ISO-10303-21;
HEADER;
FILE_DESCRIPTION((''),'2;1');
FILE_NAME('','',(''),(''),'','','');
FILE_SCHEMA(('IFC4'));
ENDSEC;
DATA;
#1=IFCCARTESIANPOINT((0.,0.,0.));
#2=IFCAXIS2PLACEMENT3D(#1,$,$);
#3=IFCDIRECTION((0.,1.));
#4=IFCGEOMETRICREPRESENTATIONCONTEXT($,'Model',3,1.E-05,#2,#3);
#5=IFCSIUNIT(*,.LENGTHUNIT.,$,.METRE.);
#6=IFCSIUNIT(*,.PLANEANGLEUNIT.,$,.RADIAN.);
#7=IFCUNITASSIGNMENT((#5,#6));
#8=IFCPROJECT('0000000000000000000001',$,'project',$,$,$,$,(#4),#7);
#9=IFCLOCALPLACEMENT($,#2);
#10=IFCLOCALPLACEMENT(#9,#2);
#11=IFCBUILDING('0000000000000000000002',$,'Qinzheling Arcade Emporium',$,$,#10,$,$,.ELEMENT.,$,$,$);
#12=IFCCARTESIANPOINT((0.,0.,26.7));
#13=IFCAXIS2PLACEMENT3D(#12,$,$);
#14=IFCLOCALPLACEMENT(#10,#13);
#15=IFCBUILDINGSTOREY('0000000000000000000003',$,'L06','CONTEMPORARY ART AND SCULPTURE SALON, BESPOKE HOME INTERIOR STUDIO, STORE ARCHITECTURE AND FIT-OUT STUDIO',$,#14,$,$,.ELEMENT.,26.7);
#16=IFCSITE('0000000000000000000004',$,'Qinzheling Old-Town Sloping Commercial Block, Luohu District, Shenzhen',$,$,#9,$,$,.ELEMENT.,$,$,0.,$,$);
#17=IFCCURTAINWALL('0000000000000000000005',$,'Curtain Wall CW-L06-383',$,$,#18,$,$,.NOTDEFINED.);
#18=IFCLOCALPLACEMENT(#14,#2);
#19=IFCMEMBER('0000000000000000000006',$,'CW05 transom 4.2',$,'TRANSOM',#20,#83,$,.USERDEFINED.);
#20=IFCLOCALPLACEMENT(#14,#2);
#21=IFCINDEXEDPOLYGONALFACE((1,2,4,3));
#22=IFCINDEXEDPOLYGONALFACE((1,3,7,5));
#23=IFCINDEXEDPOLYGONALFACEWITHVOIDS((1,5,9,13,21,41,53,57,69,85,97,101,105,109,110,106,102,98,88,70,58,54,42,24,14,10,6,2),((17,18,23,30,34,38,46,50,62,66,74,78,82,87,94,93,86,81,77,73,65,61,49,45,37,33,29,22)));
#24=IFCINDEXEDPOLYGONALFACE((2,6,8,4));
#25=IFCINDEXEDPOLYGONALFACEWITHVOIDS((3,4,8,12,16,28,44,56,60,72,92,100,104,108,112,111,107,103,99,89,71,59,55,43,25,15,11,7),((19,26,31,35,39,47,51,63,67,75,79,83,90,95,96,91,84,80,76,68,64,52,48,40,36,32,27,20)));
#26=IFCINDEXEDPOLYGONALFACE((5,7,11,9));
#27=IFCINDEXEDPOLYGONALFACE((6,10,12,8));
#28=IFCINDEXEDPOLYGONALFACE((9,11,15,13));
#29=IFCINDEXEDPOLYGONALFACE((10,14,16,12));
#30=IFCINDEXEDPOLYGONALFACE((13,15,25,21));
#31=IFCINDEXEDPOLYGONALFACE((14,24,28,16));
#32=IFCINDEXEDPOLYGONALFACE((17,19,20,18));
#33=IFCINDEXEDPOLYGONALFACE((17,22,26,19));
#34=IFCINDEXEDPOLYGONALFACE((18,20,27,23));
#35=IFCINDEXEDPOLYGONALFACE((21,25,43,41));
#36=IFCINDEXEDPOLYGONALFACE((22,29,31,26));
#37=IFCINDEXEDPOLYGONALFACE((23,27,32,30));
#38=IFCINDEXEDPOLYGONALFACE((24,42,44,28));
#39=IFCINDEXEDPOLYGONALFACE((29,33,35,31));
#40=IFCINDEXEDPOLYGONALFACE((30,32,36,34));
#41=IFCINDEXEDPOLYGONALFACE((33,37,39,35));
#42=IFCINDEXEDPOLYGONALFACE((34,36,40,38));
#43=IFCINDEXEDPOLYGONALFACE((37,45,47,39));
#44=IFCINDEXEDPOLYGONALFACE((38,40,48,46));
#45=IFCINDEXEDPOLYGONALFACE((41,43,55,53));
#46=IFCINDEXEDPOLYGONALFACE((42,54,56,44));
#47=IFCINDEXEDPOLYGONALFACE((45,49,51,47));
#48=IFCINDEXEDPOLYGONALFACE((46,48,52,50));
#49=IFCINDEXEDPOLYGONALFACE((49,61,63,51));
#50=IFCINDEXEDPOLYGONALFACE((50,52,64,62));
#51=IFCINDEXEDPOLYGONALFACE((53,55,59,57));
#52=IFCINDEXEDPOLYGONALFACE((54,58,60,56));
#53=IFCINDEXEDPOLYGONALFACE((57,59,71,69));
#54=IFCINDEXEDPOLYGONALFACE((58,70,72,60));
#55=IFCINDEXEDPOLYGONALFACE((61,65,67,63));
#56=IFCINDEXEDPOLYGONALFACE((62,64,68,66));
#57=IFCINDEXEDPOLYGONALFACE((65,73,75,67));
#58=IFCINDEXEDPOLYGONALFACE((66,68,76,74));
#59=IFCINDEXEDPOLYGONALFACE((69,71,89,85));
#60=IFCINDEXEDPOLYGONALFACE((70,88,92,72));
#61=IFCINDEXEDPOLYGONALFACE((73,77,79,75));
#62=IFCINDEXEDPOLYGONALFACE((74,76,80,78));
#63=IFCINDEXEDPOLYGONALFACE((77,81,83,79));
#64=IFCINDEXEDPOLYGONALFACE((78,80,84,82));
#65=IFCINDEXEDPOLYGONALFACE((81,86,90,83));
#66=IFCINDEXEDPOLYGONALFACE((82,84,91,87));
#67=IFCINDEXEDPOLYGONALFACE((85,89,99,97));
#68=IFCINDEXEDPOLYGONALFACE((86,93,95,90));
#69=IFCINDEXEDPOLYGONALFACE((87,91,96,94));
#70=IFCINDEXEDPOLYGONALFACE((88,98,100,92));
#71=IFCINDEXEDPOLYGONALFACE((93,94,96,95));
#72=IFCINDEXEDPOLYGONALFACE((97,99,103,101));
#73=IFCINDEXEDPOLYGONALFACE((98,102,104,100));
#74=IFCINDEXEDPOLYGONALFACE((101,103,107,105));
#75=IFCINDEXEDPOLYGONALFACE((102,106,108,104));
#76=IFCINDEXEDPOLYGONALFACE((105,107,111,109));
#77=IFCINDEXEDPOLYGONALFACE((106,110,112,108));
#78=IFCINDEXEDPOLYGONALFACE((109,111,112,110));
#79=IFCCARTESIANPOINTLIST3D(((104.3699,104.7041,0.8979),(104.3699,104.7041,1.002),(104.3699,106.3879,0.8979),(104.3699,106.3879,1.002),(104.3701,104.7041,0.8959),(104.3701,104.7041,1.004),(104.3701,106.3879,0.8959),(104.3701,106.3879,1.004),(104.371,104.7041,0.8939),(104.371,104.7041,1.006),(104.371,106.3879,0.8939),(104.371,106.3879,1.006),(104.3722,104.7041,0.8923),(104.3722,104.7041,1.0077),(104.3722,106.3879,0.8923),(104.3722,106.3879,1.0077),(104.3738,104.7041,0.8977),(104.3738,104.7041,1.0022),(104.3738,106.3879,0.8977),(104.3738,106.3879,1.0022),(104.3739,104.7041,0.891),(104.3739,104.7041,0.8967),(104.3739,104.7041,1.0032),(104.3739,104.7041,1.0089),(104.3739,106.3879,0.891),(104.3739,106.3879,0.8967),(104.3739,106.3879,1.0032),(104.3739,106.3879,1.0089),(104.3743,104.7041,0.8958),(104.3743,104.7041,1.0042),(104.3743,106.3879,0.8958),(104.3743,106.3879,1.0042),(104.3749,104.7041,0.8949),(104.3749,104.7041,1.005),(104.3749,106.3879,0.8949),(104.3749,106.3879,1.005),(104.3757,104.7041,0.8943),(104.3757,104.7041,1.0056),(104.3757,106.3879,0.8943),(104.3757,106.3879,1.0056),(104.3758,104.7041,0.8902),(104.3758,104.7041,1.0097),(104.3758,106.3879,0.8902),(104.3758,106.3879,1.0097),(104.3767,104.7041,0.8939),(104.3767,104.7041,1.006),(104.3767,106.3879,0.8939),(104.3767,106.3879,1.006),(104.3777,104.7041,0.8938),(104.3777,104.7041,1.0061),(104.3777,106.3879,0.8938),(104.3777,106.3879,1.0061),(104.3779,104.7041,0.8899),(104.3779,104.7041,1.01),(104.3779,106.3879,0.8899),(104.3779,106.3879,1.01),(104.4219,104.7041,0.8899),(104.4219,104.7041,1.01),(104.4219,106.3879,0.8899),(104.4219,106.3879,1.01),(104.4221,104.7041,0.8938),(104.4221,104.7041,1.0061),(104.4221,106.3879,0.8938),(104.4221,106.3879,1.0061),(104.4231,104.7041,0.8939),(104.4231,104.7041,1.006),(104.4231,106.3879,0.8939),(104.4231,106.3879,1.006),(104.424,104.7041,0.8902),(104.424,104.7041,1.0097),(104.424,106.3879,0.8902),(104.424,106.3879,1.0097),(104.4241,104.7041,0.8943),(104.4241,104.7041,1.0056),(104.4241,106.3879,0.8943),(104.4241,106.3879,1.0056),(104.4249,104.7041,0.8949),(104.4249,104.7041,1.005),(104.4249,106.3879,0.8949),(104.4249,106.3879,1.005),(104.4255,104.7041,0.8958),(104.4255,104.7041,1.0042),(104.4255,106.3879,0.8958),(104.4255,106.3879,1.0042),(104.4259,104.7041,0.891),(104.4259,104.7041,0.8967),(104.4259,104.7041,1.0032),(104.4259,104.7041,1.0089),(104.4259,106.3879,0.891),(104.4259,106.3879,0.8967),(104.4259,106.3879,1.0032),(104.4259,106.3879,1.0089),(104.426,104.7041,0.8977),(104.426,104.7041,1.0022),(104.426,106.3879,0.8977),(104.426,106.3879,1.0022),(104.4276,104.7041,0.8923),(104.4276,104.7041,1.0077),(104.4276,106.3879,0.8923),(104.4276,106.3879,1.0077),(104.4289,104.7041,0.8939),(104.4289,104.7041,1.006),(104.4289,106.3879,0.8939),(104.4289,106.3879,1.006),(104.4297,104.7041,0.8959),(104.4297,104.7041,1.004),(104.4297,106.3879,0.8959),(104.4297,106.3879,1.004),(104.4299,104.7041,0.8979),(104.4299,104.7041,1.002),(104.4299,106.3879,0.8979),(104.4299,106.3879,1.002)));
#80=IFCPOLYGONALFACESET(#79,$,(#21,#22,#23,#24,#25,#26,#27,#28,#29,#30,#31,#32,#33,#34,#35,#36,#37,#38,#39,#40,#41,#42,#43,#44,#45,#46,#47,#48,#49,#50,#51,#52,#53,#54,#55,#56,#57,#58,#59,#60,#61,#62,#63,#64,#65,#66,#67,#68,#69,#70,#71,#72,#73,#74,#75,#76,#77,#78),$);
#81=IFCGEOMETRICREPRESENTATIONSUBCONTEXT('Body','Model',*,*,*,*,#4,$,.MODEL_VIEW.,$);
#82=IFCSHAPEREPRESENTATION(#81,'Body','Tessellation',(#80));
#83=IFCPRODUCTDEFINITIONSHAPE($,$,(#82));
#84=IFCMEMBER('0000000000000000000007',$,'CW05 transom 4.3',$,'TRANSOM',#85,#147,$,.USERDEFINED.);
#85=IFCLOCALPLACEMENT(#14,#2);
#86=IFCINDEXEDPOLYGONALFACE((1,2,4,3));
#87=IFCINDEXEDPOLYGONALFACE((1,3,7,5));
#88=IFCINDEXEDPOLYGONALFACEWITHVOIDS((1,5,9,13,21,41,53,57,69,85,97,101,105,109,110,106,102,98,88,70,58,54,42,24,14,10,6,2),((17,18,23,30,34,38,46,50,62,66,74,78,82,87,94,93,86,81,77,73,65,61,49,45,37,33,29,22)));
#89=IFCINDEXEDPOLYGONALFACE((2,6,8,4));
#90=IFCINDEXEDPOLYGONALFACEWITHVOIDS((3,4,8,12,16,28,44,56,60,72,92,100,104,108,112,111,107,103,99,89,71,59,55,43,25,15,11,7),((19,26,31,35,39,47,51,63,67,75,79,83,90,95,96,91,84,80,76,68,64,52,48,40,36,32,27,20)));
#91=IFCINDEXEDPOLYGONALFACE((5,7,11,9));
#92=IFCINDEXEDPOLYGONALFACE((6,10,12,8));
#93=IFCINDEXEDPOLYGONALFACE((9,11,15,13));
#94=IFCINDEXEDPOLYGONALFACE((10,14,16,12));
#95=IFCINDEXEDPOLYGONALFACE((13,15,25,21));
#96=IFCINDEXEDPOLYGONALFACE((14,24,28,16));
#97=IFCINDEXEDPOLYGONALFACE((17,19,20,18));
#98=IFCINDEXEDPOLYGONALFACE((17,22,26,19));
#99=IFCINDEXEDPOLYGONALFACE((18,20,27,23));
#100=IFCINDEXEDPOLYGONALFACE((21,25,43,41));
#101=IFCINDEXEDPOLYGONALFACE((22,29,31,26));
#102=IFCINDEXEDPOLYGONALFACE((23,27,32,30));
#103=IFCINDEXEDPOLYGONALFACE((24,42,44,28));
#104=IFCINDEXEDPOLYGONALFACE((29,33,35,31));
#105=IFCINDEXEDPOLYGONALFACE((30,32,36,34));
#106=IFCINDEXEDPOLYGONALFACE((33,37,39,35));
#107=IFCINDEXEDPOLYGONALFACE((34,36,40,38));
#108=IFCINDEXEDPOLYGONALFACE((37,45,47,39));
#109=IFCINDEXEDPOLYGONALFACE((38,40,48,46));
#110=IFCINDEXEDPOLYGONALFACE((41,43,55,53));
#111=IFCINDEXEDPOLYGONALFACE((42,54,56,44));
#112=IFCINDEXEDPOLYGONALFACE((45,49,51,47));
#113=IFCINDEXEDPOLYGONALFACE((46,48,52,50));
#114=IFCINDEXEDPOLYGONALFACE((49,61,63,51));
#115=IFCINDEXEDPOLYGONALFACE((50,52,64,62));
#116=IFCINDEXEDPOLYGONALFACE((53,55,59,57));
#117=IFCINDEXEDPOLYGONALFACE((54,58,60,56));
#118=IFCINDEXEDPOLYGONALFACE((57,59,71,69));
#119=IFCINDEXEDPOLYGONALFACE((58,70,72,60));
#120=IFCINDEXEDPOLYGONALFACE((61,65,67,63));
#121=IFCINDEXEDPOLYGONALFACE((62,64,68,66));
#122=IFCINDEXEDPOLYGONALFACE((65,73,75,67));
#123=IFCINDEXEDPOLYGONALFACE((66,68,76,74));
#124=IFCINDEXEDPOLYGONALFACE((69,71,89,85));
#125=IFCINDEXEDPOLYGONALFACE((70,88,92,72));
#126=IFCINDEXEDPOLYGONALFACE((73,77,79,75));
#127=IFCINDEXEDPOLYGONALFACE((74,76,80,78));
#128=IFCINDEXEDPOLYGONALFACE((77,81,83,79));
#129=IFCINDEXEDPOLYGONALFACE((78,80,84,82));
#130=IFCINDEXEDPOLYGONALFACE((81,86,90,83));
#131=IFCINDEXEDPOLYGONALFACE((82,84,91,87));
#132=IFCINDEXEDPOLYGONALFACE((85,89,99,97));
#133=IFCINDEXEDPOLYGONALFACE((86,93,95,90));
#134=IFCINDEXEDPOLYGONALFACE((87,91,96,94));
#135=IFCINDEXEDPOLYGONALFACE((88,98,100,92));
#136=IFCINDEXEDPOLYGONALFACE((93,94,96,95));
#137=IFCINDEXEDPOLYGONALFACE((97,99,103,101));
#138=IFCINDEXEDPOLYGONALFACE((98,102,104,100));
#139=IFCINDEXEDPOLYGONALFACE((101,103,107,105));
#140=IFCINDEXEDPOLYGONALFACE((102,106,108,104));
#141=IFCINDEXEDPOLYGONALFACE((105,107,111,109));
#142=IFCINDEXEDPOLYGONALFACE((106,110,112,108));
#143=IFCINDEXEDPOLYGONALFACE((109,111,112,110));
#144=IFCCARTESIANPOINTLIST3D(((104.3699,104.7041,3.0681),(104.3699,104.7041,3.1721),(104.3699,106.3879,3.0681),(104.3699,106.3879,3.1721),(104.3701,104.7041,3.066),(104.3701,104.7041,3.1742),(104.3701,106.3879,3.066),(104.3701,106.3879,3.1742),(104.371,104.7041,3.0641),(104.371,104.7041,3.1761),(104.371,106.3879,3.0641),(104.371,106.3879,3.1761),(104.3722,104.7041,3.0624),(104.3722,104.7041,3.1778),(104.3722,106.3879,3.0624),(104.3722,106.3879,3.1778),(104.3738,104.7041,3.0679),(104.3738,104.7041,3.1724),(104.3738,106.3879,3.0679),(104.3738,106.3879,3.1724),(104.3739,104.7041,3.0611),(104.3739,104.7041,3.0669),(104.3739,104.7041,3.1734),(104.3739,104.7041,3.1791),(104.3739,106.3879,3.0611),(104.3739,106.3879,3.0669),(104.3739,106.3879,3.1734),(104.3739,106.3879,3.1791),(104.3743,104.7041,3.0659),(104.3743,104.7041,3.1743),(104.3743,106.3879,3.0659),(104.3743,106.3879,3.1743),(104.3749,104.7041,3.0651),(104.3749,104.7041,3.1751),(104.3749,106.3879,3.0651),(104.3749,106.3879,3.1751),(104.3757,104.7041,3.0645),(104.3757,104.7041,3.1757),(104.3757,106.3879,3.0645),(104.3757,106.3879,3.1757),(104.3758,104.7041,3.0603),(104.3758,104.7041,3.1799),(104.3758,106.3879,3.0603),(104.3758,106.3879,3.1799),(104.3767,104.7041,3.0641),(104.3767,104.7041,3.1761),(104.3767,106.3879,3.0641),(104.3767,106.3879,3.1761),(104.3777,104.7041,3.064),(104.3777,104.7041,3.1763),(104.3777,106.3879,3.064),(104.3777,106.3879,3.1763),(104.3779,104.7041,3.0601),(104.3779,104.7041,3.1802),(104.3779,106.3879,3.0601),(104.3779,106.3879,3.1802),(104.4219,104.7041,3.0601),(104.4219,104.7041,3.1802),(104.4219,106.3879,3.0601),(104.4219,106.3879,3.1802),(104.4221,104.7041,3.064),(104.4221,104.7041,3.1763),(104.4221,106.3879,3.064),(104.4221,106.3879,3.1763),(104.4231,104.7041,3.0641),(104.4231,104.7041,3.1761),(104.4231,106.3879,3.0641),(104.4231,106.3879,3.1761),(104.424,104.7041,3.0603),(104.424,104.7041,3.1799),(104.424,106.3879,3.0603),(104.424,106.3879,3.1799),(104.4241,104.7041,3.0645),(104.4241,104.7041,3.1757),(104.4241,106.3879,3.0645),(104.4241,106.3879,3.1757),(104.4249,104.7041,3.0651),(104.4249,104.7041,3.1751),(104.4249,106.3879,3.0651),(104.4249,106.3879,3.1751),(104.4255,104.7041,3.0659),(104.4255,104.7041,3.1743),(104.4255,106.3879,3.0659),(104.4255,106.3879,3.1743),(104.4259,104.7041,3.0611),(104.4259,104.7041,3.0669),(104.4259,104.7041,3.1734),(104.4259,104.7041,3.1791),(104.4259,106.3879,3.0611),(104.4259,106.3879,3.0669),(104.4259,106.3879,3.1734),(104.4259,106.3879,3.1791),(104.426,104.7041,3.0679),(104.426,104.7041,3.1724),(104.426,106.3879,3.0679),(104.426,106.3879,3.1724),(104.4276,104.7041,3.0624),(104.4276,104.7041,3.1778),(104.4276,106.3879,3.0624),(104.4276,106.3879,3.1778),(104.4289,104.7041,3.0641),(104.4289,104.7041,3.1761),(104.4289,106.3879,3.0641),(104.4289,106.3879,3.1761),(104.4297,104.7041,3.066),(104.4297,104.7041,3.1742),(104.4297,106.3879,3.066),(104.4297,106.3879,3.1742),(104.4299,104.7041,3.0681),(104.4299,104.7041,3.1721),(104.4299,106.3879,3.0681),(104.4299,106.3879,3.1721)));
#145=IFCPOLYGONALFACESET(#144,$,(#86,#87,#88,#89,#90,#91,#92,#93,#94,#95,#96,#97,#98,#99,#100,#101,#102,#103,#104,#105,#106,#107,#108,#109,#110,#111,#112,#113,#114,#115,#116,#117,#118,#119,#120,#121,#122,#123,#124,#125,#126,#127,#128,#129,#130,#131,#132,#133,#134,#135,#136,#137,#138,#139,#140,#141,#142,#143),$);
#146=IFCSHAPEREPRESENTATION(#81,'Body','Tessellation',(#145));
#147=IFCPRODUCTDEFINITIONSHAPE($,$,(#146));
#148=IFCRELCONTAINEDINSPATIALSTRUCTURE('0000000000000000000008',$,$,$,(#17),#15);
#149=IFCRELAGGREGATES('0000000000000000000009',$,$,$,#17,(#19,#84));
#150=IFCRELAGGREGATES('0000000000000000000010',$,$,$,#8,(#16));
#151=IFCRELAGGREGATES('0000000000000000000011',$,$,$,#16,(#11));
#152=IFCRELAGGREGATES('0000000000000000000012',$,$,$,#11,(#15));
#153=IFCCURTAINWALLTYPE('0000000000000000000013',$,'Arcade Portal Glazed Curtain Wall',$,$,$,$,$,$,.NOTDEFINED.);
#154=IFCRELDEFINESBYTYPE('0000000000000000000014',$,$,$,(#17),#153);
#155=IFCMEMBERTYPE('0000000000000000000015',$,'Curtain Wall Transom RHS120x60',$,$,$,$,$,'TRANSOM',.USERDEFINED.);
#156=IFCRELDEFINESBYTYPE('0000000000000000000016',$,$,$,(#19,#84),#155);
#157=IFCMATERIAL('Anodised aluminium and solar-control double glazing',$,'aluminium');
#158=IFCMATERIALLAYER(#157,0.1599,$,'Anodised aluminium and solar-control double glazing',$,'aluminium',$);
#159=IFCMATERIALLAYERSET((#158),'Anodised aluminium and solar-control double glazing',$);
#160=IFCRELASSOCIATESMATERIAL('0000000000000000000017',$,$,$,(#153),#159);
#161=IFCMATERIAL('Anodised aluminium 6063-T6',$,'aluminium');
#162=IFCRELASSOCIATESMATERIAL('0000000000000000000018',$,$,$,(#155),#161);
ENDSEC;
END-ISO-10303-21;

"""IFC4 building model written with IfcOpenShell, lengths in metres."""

from ifc_helpers import new_model, si_unit, direction, frame, origin, origin_2d, place, context, subcontext, project, spatial, hollow_rectangle, extrude, material, layer, layer_set, material_profile, profile_set, type_object, element, aggregate, save


model = new_model("IFC4")

# Units and contexts
model_context = context("Model", 3, precision=1e-05, world=origin(), true_north=direction((0.0, 1.0)))
body_context = subcontext(model_context, "Body", "Model", "MODEL_VIEW")
ifc_project = project(units=[si_unit("LENGTHUNIT", "METRE"), si_unit("PLANEANGLEUNIT", "RADIAN")], contexts=[model_context])

# Site, building, storey
site_placement = place(None, origin())
site = spatial("IfcSite", under=ifc_project, at=site_placement, Name="Qinzheling Old-Town Sloping Commercial Block, Luohu District, Shenzhen", CompositionType="ELEMENT", RefElevation=0.0)
building_placement = place(site_placement, origin())
building = spatial("IfcBuilding", under=site, at=building_placement, Name="Qinzheling Arcade Emporium", CompositionType="ELEMENT")
storey_placement = place(building_placement, frame((0.0, 0.0, 26.7)))
storey = spatial("IfcBuildingStorey", under=building, at=storey_placement, Name="L06", Description="CONTEMPORARY ART AND SCULPTURE SALON, BESPOKE HOME INTERIOR STUDIO, STORE ARCHITECTURE AND FIT-OUT STUDIO", CompositionType="ELEMENT", Elevation=26.7)

# Curtain wall, members
ifc_material_1 = material(Name="Anodised aluminium and solar-control double glazing", Category="aluminium")
ifc_layer_1 = layer(ifc_material_1, 0.1599, Name="Anodised aluminium and solar-control double glazing", Category="aluminium")
ifc_layer_set_1 = layer_set([ifc_layer_1], Name="Anodised aluminium and solar-control double glazing")
curtain_wall_type = type_object("IfcCurtainWallType", Name="Arcade Portal Glazed Curtain Wall", PredefinedType="NOTDEFINED", material=ifc_layer_set_1)
curtain_wall_placement = place(storey_placement, origin())
curtain_wall = element("IfcCurtainWall", 1, at=curtain_wall_placement, inside=storey, type_object=curtain_wall_type, Name="Curtain Wall CW-L06-383", PredefinedType="NOTDEFINED")
ifc_material_2 = material(Name="Anodised aluminium 6063-T6", Category="aluminium")
ifc_material_profile_1 = material_profile(ifc_material_2, hollow_rectangle(XDim=0.0601, YDim=0.1201, WallThickness=0.0039, InnerFilletRadius=0.0039, OuterFilletRadius=0.0081, at=origin_2d()), Name="RHS 120x60x4", Category="aluminium")
ifc_profile_set_1 = profile_set([ifc_material_profile_1], Name="Anodised aluminium 6063-T6")
member_type_1 = type_object("IfcMemberType", Name="Curtain Wall Transom RHS120x60", ElementType="TRANSOM", PredefinedType="USERDEFINED", material=ifc_profile_set_1)
member_1_placement = place(storey_placement, frame((104.3999, 104.7041, 0.95), z_axis=(0.0, 1.0, 0.0), x_axis=(-1.0, 0.0, 0.0)))
member_1 = element("IfcMember", 2, at=member_1_placement, type_object=member_type_1, Name="CW05 transom 4.2", ObjectType="TRANSOM", PredefinedType="USERDEFINED", context=body_context, shape_type="SweptSolid", body=[
    extrude(hollow_rectangle(XDim=0.0601, YDim=0.1201, WallThickness=0.0039, InnerFilletRadius=0.0039, OuterFilletRadius=0.0081, at=origin_2d()), origin(), (0.0, 0.0, 1.0), 1.6838),
])
member_2_placement = place(storey_placement, frame((104.3999, 104.7041, 3.1201), z_axis=(0.0, 1.0, 0.0), x_axis=(-1.0, 0.0, 0.0)))
member_2 = element("IfcMember", 3, at=member_2_placement, type_object=member_type_1, Name="CW05 transom 4.3", ObjectType="TRANSOM", PredefinedType="USERDEFINED", context=body_context, shape_type="SweptSolid", body=[
    extrude(hollow_rectangle(XDim=0.0601, YDim=0.1201, WallThickness=0.0039, InnerFilletRadius=0.0039, OuterFilletRadius=0.0081, at=origin_2d()), origin(), (0.0, 0.0, 1.0), 1.6838),
])

aggregate(curtain_wall, [member_1, member_2])

save(model, "model.ifc")
